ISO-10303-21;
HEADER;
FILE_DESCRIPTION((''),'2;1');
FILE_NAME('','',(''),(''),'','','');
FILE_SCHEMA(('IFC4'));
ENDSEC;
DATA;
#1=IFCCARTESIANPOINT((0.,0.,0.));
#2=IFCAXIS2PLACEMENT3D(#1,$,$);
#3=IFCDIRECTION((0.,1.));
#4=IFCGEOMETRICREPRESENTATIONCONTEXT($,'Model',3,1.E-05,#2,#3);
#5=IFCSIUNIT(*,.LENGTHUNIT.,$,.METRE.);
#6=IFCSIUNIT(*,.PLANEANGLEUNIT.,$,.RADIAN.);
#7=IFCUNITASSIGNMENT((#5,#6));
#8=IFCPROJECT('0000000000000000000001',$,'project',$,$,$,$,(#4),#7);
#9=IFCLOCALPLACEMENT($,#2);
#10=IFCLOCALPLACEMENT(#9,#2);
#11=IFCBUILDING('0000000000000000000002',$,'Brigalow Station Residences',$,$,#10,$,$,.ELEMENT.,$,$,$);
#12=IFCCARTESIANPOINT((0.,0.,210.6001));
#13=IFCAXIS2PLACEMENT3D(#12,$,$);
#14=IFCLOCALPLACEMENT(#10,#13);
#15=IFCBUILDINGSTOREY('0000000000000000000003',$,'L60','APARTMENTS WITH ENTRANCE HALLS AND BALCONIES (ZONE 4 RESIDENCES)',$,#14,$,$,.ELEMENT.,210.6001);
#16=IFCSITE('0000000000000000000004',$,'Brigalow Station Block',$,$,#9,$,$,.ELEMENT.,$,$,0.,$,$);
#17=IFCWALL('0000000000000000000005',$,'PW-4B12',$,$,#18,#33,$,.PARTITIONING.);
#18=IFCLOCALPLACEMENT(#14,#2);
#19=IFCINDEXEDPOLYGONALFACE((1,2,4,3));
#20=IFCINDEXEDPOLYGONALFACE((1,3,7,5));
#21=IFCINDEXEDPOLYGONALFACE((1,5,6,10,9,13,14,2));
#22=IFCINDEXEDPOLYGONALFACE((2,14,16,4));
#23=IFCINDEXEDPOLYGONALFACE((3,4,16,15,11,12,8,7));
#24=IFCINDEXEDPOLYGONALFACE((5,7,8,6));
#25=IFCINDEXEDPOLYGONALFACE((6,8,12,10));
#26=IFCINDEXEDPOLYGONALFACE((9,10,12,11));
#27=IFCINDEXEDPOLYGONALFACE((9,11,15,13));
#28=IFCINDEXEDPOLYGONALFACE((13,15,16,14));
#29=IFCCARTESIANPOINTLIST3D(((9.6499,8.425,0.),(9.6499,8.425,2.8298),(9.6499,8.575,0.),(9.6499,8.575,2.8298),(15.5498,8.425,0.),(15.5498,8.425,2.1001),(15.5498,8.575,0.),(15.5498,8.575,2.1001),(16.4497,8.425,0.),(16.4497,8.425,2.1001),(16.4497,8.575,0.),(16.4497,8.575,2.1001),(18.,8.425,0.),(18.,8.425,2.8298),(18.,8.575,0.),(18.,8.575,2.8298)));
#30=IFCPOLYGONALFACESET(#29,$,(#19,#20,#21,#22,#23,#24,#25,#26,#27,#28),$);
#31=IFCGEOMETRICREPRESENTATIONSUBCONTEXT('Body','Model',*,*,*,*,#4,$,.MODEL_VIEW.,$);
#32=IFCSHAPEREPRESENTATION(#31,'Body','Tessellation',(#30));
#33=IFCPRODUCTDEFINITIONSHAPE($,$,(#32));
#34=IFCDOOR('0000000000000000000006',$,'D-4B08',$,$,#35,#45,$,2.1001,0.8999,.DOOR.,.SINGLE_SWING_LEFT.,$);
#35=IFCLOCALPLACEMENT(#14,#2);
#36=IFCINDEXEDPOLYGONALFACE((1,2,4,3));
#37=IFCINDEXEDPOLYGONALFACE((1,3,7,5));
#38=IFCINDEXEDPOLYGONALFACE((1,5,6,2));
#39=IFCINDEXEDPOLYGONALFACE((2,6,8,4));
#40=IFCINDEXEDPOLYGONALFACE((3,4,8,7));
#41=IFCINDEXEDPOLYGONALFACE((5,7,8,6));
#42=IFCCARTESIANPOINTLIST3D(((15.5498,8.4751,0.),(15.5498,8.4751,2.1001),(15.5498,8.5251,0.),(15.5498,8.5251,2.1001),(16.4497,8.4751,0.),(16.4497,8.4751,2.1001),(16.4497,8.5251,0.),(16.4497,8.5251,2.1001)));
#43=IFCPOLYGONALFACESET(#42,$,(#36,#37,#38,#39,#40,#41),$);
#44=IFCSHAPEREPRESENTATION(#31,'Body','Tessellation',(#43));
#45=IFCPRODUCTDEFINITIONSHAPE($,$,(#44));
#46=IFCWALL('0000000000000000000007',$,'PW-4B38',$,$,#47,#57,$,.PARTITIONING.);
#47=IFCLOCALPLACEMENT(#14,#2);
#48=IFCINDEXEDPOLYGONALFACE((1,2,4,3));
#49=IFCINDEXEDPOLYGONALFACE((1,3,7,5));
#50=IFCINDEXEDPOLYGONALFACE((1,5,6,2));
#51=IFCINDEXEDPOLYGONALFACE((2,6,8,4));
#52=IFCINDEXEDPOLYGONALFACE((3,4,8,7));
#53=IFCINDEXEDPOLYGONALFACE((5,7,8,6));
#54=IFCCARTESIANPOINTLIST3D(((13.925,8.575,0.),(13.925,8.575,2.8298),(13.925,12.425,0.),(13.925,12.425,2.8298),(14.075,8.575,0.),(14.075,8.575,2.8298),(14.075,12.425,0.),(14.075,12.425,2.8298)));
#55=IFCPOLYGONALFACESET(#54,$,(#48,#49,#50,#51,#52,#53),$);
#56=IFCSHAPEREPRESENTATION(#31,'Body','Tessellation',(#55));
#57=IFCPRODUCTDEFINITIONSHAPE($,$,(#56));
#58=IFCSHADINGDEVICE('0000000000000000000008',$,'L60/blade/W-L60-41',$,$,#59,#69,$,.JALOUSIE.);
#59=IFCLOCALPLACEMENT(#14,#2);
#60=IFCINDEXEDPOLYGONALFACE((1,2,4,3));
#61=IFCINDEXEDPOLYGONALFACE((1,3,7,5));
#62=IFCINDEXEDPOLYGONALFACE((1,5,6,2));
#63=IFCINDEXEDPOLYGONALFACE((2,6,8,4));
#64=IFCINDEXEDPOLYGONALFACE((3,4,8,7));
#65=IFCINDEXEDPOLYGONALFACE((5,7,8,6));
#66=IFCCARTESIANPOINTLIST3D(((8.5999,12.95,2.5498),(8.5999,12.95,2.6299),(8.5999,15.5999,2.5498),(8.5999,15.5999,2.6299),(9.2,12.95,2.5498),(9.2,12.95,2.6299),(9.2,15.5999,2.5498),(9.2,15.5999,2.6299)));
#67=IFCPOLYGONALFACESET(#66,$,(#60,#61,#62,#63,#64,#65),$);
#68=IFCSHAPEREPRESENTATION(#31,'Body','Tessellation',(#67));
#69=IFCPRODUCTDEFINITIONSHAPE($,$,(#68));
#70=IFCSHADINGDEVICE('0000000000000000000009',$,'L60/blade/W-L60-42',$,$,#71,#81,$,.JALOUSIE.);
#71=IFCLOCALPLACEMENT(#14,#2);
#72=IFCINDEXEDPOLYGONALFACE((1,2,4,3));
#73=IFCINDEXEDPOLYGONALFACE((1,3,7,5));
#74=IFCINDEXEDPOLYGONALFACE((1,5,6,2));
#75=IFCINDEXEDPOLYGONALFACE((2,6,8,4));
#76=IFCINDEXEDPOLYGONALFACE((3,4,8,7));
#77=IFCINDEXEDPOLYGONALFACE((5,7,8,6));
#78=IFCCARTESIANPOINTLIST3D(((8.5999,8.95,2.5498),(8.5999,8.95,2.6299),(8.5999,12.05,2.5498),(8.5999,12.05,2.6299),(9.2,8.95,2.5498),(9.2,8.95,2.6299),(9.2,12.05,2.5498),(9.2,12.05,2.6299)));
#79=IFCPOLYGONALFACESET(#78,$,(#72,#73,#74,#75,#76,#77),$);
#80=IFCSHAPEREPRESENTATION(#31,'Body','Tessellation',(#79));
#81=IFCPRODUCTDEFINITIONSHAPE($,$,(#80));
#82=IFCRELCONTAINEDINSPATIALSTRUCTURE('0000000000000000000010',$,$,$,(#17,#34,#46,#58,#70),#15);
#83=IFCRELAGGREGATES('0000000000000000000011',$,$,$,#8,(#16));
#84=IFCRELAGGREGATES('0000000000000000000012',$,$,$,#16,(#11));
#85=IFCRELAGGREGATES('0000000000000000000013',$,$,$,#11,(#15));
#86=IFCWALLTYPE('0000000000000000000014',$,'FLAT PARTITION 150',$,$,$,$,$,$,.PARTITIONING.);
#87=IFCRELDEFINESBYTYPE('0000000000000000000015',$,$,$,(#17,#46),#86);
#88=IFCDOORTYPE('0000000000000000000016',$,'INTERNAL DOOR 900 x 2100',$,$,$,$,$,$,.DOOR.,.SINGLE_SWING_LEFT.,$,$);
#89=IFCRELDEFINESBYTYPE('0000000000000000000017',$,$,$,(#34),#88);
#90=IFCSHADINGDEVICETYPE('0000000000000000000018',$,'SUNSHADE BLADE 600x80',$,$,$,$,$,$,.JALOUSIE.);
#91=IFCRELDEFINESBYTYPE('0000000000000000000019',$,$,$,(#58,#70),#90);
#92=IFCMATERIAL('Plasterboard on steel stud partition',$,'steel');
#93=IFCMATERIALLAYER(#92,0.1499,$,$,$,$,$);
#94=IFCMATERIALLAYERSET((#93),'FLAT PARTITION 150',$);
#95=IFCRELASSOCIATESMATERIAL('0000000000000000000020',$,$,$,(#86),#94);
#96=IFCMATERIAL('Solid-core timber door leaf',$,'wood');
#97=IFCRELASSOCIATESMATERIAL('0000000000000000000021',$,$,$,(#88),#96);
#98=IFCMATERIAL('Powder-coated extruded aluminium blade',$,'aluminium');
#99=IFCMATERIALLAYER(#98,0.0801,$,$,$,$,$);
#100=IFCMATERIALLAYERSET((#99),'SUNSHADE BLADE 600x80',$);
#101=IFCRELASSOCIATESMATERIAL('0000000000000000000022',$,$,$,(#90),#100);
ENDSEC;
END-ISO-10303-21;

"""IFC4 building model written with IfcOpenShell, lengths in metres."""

from ifc_helpers import new_model, si_unit, direction, frame, frame_2d, origin, origin_2d, place, context, subcontext, project, spatial, rectangle, extrude, material, layer, layer_set, type_object, element, fill, save


model = new_model("IFC4")

# Units and contexts
model_context = context("Model", 3, precision=1e-05, world=origin(), true_north=direction((0.0, 1.0)))
body_context = subcontext(model_context, "Body", "Model", "MODEL_VIEW")
ifc_project = project(units=[si_unit("LENGTHUNIT", "METRE"), si_unit("PLANEANGLEUNIT", "RADIAN")], contexts=[model_context])

# Site, building, storey
site_placement = place(None, origin())
site = spatial("IfcSite", under=ifc_project, at=site_placement, Name="Brigalow Station Block", CompositionType="ELEMENT", RefElevation=0.0)
building_placement = place(site_placement, origin())
building = spatial("IfcBuilding", under=site, at=building_placement, Name="Brigalow Station Residences", CompositionType="ELEMENT")
storey_placement = place(building_placement, frame((0.0, 0.0, 210.6001)))
storey = spatial("IfcBuildingStorey", under=building, at=storey_placement, Name="L60", Description="APARTMENTS WITH ENTRANCE HALLS AND BALCONIES (ZONE 4 RESIDENCES)", CompositionType="ELEMENT", Elevation=210.6001)

# Shared definitions
ifc_material_1 = material(Name="Plasterboard on steel stud partition", Category="steel")
ifc_layer_1 = layer(ifc_material_1, 0.1499)
ifc_layer_set_1 = layer_set([ifc_layer_1], Name="FLAT PARTITION 150")
wall_type_1 = type_object("IfcWallType", Name="FLAT PARTITION 150", PredefinedType="PARTITIONING", material=ifc_layer_set_1)
ifc_material_2 = material(Name="Solid-core timber door leaf", Category="wood")
door_type = type_object("IfcDoorType", Name="INTERNAL DOOR 900 x 2100", OperationType="SINGLE_SWING_LEFT", PredefinedType="DOOR", material=ifc_material_2)

# Wall, opening, door
wall_1_placement = place(storey_placement, frame((9.6499, 8.5, 0.0), z_axis=(0.0, 0.0, 1.0), x_axis=(1.0, 0.0, 0.0)))
wall_1 = element("IfcWall", 1, at=wall_1_placement, inside=storey, type_object=wall_type_1, Name="PW-4B12", PredefinedType="PARTITIONING", context=body_context, shape_type="SweptSolid", body=[
    extrude(rectangle(XDim=8.3501, YDim=0.1499, at=frame_2d((4.175, 0.0))), origin(), (0.0, 0.0, 1.0), 2.8298),
])
opening_1_placement = place(wall_1_placement, frame((5.8999, 0.0, 0.0)))
opening_1 = element("IfcOpeningElement", 2, at=opening_1_placement, cuts=wall_1, PredefinedType="OPENING", context=body_context, shape_type="SweptSolid", body=[
    extrude(rectangle(XDim=0.8999, YDim=2.1001, at=frame_2d((0.45, 1.05))), frame((0.0, 0.085, 0.0), z_axis=(0.0, -1.0, 0.0), x_axis=(1.0, 0.0, 0.0)), (0.0, 0.0, 1.0), 0.1699),
])
door_1_placement = place(opening_1_placement, frame((0.8999, 0.0, 0.0), z_axis=(0.0, 0.0, 1.0), x_axis=(-1.0, 0.0, 0.0)))
door_1 = element("IfcDoor", 3, at=door_1_placement, inside=storey, type_object=door_type, Name="D-4B08", OperationType="SINGLE_SWING_LEFT", OverallHeight=2.1001, OverallWidth=0.8999, PredefinedType="DOOR", context=body_context, shape_type="SweptSolid", body=[
    extrude(rectangle(XDim=0.8999, YDim=2.1001, at=frame_2d((0.45, 1.05))), frame((0.0, 0.0249, 0.0), z_axis=(0.0, -1.0, 0.0), x_axis=(1.0, 0.0, 0.0)), (0.0, 0.0, 1.0), 0.05),
])
fill(opening_1, door_1)

# Wall
wall_2_placement = place(storey_placement, frame((14.0, 8.575, 0.0), z_axis=(0.0, 0.0, 1.0), x_axis=(0.0, 1.0, 0.0)))
element("IfcWall", 4, at=wall_2_placement, inside=storey, type_object=wall_type_1, Name="PW-4B38", PredefinedType="PARTITIONING", context=body_context, shape_type="SweptSolid", body=[
    extrude(rectangle(XDim=3.8501, YDim=0.1499, at=frame_2d((1.925, 0.0))), origin(), (0.0, 0.0, 1.0), 2.8298),
])

# Shading devices
ifc_material_3 = material(Name="Powder-coated extruded aluminium blade", Category="aluminium")
ifc_layer_2 = layer(ifc_material_3, 0.0801)
ifc_layer_set_2 = layer_set([ifc_layer_2], Name="SUNSHADE BLADE 600x80")
shading_device_type = type_object("IfcShadingDeviceType", Name="SUNSHADE BLADE 600x80", PredefinedType="JALOUSIE", material=ifc_layer_set_2)
shading_device_1_placement = place(storey_placement, frame((8.8999, 14.2749, 2.5498), z_axis=(0.0, 0.0, 1.0), x_axis=(0.0, -1.0, 0.0)))
element("IfcShadingDevice", 5, at=shading_device_1_placement, inside=storey, type_object=shading_device_type, Name="L60/blade/W-L60-41", PredefinedType="JALOUSIE", context=body_context, shape_type="SweptSolid", body=[
    extrude(rectangle(XDim=2.6499, YDim=0.6001, at=origin_2d()), origin(), (0.0, 0.0, 1.0), 0.0801),
])
shading_device_2_placement = place(storey_placement, frame((8.8999, 10.5, 2.5498), z_axis=(0.0, 0.0, 1.0), x_axis=(0.0, -1.0, 0.0)))
element("IfcShadingDevice", 6, at=shading_device_2_placement, inside=storey, type_object=shading_device_type, Name="L60/blade/W-L60-42", PredefinedType="JALOUSIE", context=body_context, shape_type="SweptSolid", body=[
    extrude(rectangle(XDim=3.1001, YDim=0.6001, at=origin_2d()), origin(), (0.0, 0.0, 1.0), 0.0801),
])

save(model, "model.ifc")
